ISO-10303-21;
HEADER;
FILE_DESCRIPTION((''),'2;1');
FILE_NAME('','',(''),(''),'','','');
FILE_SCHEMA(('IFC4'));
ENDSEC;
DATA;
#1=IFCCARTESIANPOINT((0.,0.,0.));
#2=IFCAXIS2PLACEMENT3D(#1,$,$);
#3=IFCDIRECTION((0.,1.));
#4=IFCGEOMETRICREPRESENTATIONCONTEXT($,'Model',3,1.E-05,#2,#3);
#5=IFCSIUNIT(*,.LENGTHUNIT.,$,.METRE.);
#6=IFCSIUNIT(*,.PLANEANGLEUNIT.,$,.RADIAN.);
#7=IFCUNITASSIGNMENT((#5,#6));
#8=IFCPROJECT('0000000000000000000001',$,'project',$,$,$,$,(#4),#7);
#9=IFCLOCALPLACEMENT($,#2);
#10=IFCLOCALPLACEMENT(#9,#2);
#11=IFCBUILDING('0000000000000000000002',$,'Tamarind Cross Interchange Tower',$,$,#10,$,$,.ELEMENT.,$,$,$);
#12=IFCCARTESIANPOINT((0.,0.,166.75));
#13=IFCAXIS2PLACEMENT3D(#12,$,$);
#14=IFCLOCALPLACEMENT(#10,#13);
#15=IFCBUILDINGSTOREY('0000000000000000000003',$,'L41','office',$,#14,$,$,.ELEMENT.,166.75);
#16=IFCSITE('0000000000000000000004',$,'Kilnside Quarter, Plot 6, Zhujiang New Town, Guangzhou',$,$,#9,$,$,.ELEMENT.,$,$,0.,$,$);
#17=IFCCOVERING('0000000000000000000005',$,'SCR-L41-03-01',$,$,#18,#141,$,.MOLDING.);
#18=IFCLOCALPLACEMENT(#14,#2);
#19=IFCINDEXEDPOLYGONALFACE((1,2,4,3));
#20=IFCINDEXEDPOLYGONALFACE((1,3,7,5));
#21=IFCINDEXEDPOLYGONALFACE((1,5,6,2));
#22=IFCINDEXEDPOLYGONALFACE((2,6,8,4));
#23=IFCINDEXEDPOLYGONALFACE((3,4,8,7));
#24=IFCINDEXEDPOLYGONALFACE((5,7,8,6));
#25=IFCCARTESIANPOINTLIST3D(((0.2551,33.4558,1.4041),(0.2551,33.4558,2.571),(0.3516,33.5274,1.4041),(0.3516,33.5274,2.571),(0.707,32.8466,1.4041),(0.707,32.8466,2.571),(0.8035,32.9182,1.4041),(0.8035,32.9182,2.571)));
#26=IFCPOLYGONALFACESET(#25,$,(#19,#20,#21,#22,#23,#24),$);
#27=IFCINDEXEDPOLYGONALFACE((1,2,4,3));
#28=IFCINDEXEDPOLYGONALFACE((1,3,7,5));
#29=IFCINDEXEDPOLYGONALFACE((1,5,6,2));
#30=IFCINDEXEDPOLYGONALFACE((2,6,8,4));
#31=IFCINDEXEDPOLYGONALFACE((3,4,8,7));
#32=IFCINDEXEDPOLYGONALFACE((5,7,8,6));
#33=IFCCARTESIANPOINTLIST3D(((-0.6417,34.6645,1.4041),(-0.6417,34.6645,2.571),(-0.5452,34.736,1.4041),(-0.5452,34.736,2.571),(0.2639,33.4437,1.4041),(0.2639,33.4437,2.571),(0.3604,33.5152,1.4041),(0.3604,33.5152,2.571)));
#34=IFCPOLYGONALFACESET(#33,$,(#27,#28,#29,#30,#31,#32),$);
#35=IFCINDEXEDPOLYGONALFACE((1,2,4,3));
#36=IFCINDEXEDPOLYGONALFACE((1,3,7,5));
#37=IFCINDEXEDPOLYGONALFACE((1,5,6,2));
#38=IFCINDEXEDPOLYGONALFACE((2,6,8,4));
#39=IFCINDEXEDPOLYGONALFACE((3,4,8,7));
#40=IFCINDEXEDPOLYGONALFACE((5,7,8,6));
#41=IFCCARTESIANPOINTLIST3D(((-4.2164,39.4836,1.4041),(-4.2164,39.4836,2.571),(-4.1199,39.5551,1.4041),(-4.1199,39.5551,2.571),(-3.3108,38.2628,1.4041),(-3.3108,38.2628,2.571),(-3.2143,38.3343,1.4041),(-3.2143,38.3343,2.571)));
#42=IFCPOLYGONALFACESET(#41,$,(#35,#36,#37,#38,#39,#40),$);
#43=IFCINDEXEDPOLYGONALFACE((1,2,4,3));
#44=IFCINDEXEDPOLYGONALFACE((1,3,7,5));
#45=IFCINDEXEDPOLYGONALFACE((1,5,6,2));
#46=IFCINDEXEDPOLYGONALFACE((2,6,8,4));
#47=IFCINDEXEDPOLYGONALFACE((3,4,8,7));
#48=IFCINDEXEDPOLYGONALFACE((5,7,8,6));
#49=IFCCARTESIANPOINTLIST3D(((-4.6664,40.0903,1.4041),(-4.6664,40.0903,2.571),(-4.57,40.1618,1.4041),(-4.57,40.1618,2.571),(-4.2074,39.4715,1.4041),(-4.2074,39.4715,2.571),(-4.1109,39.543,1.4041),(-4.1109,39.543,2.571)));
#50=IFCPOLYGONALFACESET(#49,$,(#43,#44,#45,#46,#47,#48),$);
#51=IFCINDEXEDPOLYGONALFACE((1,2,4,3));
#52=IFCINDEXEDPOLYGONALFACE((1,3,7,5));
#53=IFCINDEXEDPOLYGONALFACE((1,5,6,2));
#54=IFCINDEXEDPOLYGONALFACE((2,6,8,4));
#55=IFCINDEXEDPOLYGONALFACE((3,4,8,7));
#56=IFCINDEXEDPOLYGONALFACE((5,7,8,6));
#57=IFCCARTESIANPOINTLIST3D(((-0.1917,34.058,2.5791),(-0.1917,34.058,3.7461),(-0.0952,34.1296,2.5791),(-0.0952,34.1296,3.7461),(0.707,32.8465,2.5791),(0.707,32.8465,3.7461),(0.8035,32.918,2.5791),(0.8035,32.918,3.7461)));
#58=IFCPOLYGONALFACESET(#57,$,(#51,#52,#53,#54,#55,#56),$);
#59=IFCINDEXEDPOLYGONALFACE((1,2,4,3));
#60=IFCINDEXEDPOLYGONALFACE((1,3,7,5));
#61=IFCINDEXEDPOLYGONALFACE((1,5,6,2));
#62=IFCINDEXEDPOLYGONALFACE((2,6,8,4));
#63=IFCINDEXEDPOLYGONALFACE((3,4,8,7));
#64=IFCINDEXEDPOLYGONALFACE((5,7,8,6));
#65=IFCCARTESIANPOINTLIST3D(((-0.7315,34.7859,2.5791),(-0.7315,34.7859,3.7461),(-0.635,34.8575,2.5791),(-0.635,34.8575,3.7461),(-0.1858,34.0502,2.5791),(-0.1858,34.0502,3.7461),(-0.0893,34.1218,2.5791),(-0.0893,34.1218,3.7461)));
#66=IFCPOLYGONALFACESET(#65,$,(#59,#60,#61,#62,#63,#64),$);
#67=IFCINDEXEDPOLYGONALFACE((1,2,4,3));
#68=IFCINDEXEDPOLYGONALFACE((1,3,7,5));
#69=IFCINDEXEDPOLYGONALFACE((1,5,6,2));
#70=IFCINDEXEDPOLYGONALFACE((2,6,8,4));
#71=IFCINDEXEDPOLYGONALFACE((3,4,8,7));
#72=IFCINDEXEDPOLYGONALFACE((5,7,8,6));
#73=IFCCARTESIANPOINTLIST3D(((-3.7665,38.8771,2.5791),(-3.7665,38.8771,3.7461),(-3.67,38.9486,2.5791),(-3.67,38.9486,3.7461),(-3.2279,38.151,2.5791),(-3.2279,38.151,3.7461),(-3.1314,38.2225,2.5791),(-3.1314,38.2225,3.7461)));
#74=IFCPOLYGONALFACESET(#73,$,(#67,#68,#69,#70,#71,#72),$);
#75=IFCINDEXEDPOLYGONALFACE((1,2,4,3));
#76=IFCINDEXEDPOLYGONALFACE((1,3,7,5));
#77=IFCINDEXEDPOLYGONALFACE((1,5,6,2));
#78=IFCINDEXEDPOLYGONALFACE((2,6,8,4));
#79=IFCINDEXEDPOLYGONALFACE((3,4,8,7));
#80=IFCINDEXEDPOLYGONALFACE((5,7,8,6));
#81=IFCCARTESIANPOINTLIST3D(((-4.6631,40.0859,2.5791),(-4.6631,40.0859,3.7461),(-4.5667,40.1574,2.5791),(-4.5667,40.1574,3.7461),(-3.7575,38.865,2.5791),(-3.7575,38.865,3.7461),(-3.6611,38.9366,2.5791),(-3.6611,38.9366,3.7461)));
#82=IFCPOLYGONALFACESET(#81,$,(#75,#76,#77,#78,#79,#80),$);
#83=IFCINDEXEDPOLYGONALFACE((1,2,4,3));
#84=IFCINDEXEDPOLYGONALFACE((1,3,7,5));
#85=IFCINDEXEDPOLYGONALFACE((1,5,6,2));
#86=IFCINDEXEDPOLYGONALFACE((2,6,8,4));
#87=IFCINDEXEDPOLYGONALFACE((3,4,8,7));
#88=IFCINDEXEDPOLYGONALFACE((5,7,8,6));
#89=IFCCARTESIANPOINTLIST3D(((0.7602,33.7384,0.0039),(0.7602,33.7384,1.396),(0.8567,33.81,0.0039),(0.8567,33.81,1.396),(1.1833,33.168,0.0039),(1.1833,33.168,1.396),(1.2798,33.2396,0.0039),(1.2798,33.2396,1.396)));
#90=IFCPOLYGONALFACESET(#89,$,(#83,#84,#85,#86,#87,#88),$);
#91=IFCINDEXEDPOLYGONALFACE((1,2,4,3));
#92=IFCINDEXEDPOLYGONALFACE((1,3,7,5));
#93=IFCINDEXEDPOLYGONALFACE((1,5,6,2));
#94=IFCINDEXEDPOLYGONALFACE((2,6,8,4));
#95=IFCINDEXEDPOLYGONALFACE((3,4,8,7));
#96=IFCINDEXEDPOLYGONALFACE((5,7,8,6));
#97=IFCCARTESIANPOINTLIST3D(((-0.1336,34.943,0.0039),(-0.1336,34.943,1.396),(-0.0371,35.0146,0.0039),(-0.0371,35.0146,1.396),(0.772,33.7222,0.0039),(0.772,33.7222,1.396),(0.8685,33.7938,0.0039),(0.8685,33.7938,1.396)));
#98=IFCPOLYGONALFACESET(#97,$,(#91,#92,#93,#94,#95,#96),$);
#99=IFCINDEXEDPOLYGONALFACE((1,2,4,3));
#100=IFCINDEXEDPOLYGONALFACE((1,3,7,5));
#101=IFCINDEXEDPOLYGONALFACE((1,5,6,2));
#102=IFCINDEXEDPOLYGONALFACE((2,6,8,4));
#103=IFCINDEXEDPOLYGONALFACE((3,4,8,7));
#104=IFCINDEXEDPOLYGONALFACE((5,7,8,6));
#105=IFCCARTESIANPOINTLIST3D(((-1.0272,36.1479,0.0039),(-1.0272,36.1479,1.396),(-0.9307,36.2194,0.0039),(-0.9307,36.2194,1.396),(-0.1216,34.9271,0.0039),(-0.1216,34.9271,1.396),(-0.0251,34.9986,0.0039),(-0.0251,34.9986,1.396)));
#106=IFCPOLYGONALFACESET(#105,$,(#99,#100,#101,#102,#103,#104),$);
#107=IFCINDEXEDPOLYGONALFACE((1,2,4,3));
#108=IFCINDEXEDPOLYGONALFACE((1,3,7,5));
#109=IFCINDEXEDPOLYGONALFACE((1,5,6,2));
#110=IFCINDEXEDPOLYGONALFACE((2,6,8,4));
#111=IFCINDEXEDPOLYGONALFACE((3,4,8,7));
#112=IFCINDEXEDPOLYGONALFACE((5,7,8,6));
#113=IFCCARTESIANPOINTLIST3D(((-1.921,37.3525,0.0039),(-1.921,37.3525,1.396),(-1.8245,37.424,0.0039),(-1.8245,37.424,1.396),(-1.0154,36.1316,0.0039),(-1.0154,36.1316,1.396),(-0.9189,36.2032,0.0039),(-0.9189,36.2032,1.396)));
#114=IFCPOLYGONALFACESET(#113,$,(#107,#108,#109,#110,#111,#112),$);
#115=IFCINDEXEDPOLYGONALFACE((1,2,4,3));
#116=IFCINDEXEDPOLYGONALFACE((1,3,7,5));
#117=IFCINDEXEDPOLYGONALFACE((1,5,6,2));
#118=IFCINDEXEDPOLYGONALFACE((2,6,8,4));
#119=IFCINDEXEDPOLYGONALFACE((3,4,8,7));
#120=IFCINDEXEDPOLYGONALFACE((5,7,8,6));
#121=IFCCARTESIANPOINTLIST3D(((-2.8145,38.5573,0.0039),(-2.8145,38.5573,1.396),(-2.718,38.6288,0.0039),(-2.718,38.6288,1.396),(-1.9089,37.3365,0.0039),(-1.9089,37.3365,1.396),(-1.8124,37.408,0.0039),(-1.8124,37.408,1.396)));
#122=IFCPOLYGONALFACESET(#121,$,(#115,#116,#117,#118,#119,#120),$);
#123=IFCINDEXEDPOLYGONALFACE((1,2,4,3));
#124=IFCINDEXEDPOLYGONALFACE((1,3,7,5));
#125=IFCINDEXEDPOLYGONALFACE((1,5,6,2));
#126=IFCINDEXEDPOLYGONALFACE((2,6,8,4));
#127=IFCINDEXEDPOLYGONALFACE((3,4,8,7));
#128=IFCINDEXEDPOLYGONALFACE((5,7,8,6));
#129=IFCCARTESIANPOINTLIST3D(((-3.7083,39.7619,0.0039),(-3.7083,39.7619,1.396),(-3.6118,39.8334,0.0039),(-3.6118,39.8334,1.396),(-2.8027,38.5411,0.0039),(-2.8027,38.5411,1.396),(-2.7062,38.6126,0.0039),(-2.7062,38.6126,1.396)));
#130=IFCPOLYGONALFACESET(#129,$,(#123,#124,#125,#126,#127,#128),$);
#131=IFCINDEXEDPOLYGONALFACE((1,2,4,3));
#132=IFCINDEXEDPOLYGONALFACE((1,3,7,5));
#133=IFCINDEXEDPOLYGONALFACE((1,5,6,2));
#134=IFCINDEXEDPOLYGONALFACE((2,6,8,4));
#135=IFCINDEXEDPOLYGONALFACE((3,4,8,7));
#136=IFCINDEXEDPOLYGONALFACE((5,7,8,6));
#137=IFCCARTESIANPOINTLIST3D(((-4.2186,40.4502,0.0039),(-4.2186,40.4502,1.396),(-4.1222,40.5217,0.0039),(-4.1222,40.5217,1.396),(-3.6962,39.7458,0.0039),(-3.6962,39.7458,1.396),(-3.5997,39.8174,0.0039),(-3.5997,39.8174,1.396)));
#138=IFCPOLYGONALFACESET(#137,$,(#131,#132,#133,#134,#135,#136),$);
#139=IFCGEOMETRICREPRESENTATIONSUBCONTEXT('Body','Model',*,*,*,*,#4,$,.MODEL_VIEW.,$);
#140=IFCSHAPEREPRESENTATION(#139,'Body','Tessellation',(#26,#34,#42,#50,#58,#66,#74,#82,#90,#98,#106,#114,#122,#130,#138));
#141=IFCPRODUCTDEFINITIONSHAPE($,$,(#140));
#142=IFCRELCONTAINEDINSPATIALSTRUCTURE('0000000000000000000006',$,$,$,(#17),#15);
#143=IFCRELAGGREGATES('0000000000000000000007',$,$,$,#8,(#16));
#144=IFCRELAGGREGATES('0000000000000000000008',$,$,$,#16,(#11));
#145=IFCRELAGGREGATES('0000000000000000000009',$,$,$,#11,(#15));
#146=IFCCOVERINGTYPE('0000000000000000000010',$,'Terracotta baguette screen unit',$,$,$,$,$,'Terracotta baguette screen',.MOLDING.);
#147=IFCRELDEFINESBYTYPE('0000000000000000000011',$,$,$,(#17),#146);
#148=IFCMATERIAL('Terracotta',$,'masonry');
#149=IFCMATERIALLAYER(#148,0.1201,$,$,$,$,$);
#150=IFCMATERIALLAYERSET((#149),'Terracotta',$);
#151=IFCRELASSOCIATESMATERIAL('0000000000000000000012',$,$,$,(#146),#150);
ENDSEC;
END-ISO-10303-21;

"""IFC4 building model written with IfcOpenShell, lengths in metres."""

from ifc_helpers import new_model, si_unit, direction, frame, origin, origin_2d, place, context, subcontext, project, spatial, rectangle, extrude, material, layer, layer_set, type_object, element, save


model = new_model("IFC4")

# Units and contexts
model_context = context("Model", 3, precision=1e-05, world=origin(), true_north=direction((0.0, 1.0)))
body_context = subcontext(model_context, "Body", "Model", "MODEL_VIEW")
ifc_project = project(units=[si_unit("LENGTHUNIT", "METRE"), si_unit("PLANEANGLEUNIT", "RADIAN")], contexts=[model_context])

# Site, building, storey
site_placement = place(None, origin())
site = spatial("IfcSite", under=ifc_project, at=site_placement, Name="Kilnside Quarter, Plot 6, Zhujiang New Town, Guangzhou", CompositionType="ELEMENT", RefElevation=0.0)
building_placement = place(site_placement, origin())
building = spatial("IfcBuilding", under=site, at=building_placement, Name="Tamarind Cross Interchange Tower", CompositionType="ELEMENT")
storey_placement = place(building_placement, frame((0.0, 0.0, 166.75)))
storey = spatial("IfcBuildingStorey", under=building, at=storey_placement, Name="L41", Description="office", CompositionType="ELEMENT", Elevation=166.75)

# Covering
ifc_material_1 = material(Name="Terracotta", Category="masonry")
ifc_layer_1 = layer(ifc_material_1, 0.1201)
ifc_layer_set_1 = layer_set([ifc_layer_1], Name="Terracotta")
covering_type = type_object("IfcCoveringType", Name="Terracotta baguette screen unit", ElementType="Terracotta baguette screen", PredefinedType="MOLDING", material=ifc_layer_set_1)
covering_1_placement = place(storey_placement, origin())
element("IfcCovering", 1, at=covering_1_placement, inside=storey, type_object=covering_type, Name="SCR-L41-03-01", PredefinedType="MOLDING", context=body_context, shape_type="SweptSolid", body=[
    extrude(rectangle(XDim=0.7585, YDim=0.1201, at=origin_2d()), frame((0.5293, 33.187, 1.4041), z_axis=(0.0, 0.0, 1.0), x_axis=(-0.595776, 0.80315, 0.0)), (0.0, 0.0, 1.0), 1.167),
    extrude(rectangle(XDim=1.52, YDim=0.1201, at=origin_2d()), frame((-0.1406, 34.0898, 1.4041), z_axis=(0.0, 0.0, 1.0), x_axis=(-0.595776, 0.80315, 0.0)), (0.0, 0.0, 1.0), 1.167),
    extrude(rectangle(XDim=1.52, YDim=0.1201, at=origin_2d()), frame((-3.7153, 38.9089, 1.4041), z_axis=(0.0, 0.0, 1.0), x_axis=(-0.595776, 0.80315, 0.0)), (0.0, 0.0, 1.0), 1.167),
    extrude(rectangle(XDim=0.7705, YDim=0.1201, at=origin_2d()), frame((-4.3887, 39.8167, 1.4041), z_axis=(0.0, 0.0, 1.0), x_axis=(-0.595776, 0.80315, 0.0)), (0.0, 0.0, 1.0), 1.167),
    extrude(rectangle(XDim=1.5085, YDim=0.1201, at=origin_2d()), frame((0.3059, 33.488, 2.5791), z_axis=(0.0, 0.0, 1.0), x_axis=(-0.595776, 0.80315, 0.0)), (0.0, 0.0, 1.0), 1.167),
    extrude(rectangle(XDim=0.916, YDim=0.1201, at=origin_2d()), frame((-0.4104, 34.4539, 2.5791), z_axis=(0.0, 0.0, 1.0), x_axis=(-0.595776, 0.80315, 0.0)), (0.0, 0.0, 1.0), 1.167),
    extrude(rectangle(XDim=0.9041, YDim=0.1201, at=origin_2d()), frame((-3.449, 38.5498, 2.5791), z_axis=(0.0, 0.0, 1.0), x_axis=(-0.595776, 0.80315, 0.0)), (0.0, 0.0, 1.0), 1.167),
    extrude(rectangle(XDim=1.52, YDim=0.1201, at=origin_2d()), frame((-4.1621, 39.5112, 2.5791), z_axis=(0.0, 0.0, 1.0), x_axis=(-0.595776, 0.80315, 0.0)), (0.0, 0.0, 1.0), 1.167),
    extrude(rectangle(XDim=0.7102, YDim=0.1201, at=origin_2d()), frame((1.02, 33.489, 0.0039), z_axis=(0.0, 0.0, 1.0), x_axis=(-0.595776, 0.80315, 0.0)), (0.0, 0.0, 1.0), 1.3921),
    extrude(rectangle(XDim=1.52, YDim=0.1201, at=origin_2d()), frame((0.3674, 34.3684, 0.0039), z_axis=(0.0, 0.0, 1.0), x_axis=(-0.595776, 0.80315, 0.0)), (0.0, 0.0, 1.0), 1.3921),
    extrude(rectangle(XDim=1.52, YDim=0.1201, at=origin_2d()), frame((-0.5261, 35.5732, 0.0039), z_axis=(0.0, 0.0, 1.0), x_axis=(-0.595776, 0.80315, 0.0)), (0.0, 0.0, 1.0), 1.3921),
    extrude(rectangle(XDim=1.52, YDim=0.1201, at=origin_2d()), frame((-1.4199, 36.7778, 0.0039), z_axis=(0.0, 0.0, 1.0), x_axis=(-0.595776, 0.80315, 0.0)), (0.0, 0.0, 1.0), 1.3921),
    extrude(rectangle(XDim=1.52, YDim=0.1201, at=origin_2d()), frame((-2.3135, 37.9827, 0.0039), z_axis=(0.0, 0.0, 1.0), x_axis=(-0.595776, 0.80315, 0.0)), (0.0, 0.0, 1.0), 1.3921),
    extrude(rectangle(XDim=1.52, YDim=0.1201, at=origin_2d()), frame((-3.2073, 39.1873, 0.0039), z_axis=(0.0, 0.0, 1.0), x_axis=(-0.595776, 0.80315, 0.0)), (0.0, 0.0, 1.0), 1.3921),
    extrude(rectangle(XDim=0.877, YDim=0.1201, at=origin_2d()), frame((-3.9092, 40.1338, 0.0039), z_axis=(0.0, 0.0, 1.0), x_axis=(-0.595776, 0.80315, 0.0)), (0.0, 0.0, 1.0), 1.3921),
])

save(model, "model.ifc")
